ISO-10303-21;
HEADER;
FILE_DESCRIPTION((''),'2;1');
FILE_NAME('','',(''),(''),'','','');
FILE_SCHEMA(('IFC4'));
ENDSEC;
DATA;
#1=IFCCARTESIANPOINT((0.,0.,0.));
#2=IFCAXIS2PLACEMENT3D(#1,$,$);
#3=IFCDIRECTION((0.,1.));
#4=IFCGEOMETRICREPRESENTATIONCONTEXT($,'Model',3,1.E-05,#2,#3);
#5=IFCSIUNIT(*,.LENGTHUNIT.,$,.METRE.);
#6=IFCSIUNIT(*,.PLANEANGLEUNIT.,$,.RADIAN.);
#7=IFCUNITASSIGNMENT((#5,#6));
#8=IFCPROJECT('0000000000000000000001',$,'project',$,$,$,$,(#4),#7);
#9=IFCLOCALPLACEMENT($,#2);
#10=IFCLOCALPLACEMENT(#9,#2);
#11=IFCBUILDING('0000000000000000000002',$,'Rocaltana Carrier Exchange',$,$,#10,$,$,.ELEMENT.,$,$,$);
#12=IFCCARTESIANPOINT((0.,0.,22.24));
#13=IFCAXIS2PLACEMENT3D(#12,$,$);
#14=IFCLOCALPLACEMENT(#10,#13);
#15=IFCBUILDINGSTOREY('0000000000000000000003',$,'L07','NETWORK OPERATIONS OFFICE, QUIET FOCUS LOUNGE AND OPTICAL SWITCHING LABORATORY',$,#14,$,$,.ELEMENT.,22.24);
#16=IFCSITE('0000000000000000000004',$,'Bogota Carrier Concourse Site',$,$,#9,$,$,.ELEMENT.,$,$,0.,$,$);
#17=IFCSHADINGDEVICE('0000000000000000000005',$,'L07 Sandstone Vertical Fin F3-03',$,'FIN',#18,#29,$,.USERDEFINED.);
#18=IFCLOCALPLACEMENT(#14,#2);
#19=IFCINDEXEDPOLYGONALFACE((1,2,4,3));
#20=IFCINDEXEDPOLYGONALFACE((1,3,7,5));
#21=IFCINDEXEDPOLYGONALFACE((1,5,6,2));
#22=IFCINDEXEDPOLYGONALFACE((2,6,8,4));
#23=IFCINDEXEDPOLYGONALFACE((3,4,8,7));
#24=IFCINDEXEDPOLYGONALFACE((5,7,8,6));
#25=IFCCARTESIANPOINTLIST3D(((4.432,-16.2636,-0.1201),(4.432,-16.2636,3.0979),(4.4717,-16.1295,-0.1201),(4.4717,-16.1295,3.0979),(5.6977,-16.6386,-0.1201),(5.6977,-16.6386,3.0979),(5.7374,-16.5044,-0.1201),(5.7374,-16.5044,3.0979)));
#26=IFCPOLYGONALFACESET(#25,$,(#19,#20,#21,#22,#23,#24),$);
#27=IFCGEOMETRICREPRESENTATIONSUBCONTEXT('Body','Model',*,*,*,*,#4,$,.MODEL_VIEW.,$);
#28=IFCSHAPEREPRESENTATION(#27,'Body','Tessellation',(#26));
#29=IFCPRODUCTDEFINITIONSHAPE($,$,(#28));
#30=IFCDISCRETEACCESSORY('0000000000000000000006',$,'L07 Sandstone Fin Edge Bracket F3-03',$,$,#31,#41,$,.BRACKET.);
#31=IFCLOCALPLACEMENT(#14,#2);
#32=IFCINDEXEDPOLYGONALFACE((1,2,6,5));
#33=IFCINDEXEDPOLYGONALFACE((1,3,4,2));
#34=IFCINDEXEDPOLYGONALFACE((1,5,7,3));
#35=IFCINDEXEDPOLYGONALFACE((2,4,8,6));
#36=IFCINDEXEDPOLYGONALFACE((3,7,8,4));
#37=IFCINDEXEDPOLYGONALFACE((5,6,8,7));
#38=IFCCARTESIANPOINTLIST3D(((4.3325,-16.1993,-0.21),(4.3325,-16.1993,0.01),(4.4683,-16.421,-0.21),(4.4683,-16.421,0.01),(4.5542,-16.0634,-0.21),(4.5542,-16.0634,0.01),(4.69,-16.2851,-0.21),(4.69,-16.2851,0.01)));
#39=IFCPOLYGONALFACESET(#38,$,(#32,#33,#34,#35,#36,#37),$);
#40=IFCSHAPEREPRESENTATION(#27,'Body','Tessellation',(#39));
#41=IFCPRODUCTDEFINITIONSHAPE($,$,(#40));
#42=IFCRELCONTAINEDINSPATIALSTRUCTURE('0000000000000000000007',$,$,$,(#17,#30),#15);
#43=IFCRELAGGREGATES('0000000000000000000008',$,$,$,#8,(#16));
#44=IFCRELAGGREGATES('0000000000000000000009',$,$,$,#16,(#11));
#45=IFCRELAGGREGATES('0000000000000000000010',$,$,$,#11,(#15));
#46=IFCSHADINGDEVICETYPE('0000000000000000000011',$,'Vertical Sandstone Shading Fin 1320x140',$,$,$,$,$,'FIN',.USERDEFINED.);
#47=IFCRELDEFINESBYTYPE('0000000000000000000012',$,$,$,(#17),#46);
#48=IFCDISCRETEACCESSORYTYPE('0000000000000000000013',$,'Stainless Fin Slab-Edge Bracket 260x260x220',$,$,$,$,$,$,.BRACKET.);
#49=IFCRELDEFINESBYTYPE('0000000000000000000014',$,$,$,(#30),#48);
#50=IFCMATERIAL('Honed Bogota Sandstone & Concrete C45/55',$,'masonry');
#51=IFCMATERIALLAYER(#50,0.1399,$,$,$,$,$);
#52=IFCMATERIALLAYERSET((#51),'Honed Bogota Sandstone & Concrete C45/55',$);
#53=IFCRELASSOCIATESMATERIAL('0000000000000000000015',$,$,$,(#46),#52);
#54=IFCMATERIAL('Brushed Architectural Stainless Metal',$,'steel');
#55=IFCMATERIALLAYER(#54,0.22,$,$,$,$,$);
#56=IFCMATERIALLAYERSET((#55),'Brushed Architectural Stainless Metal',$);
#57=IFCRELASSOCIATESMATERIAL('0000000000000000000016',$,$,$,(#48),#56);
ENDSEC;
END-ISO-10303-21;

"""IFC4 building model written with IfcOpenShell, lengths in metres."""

from ifc_helpers import new_model, si_unit, direction, frame, origin, origin_2d, place, context, subcontext, project, spatial, rectangle, extrude, material, layer, layer_set, type_object, element, save


model = new_model("IFC4")

# Units and contexts
model_context = context("Model", 3, precision=1e-05, world=origin(), true_north=direction((0.0, 1.0)))
body_context = subcontext(model_context, "Body", "Model", "MODEL_VIEW")
ifc_project = project(units=[si_unit("LENGTHUNIT", "METRE"), si_unit("PLANEANGLEUNIT", "RADIAN")], contexts=[model_context])

# Site, building, storey
site_placement = place(None, origin())
site = spatial("IfcSite", under=ifc_project, at=site_placement, Name="Bogota Carrier Concourse Site", CompositionType="ELEMENT", RefElevation=0.0)
building_placement = place(site_placement, origin())
building = spatial("IfcBuilding", under=site, at=building_placement, Name="Rocaltana Carrier Exchange", CompositionType="ELEMENT")
storey_placement = place(building_placement, frame((0.0, 0.0, 22.24)))
storey = spatial("IfcBuildingStorey", under=building, at=storey_placement, Name="L07", Description="NETWORK OPERATIONS OFFICE, QUIET FOCUS LOUNGE AND OPTICAL SWITCHING LABORATORY", CompositionType="ELEMENT", Elevation=22.24)

# Shading device
ifc_material_1 = material(Name="Honed Bogota Sandstone & Concrete C45/55", Category="masonry")
ifc_layer_1 = layer(ifc_material_1, 0.1399)
ifc_layer_set_1 = layer_set([ifc_layer_1], Name="Honed Bogota Sandstone & Concrete C45/55")
shading_device_type = type_object("IfcShadingDeviceType", Name="Vertical Sandstone Shading Fin 1320x140", ElementType="FIN", PredefinedType="USERDEFINED", material=ifc_layer_set_1)
shading_device_placement = place(storey_placement, frame((5.0847, -16.384, -0.1201), z_axis=(0.0, 0.0, 1.0), x_axis=(0.95882, -0.284015, 0.0)))
element("IfcShadingDevice", 1, at=shading_device_placement, inside=storey, type_object=shading_device_type, Name="L07 Sandstone Vertical Fin F3-03", ObjectType="FIN", PredefinedType="USERDEFINED", context=body_context, shape_type="SweptSolid", body=[
    extrude(rectangle(XDim=1.3201, YDim=0.1399, at=origin_2d()), origin(), (0.0, 0.0, 1.0), 3.218),
])

# Discrete accessory
ifc_material_2 = material(Name="Brushed Architectural Stainless Metal", Category="steel")
ifc_layer_2 = layer(ifc_material_2, 0.22)
ifc_layer_set_2 = layer_set([ifc_layer_2], Name="Brushed Architectural Stainless Metal")
discrete_accessory_type = type_object("IfcDiscreteAccessoryType", Name="Stainless Fin Slab-Edge Bracket 260x260x220", PredefinedType="BRACKET", material=ifc_layer_set_2)
discrete_accessory_placement = place(storey_placement, frame((4.5112, -16.2422, -0.21), z_axis=(0.0, 0.0, 1.0), x_axis=(0.85264, 0.522499, 0.0)))
element("IfcDiscreteAccessory", 2, at=discrete_accessory_placement, inside=storey, type_object=discrete_accessory_type, Name="L07 Sandstone Fin Edge Bracket F3-03", PredefinedType="BRACKET", context=body_context, shape_type="SweptSolid", body=[
    extrude(rectangle(XDim=0.26, YDim=0.26, at=origin_2d()), origin(), (0.0, 0.0, 1.0), 0.22),
])

save(model, "model.ifc")
